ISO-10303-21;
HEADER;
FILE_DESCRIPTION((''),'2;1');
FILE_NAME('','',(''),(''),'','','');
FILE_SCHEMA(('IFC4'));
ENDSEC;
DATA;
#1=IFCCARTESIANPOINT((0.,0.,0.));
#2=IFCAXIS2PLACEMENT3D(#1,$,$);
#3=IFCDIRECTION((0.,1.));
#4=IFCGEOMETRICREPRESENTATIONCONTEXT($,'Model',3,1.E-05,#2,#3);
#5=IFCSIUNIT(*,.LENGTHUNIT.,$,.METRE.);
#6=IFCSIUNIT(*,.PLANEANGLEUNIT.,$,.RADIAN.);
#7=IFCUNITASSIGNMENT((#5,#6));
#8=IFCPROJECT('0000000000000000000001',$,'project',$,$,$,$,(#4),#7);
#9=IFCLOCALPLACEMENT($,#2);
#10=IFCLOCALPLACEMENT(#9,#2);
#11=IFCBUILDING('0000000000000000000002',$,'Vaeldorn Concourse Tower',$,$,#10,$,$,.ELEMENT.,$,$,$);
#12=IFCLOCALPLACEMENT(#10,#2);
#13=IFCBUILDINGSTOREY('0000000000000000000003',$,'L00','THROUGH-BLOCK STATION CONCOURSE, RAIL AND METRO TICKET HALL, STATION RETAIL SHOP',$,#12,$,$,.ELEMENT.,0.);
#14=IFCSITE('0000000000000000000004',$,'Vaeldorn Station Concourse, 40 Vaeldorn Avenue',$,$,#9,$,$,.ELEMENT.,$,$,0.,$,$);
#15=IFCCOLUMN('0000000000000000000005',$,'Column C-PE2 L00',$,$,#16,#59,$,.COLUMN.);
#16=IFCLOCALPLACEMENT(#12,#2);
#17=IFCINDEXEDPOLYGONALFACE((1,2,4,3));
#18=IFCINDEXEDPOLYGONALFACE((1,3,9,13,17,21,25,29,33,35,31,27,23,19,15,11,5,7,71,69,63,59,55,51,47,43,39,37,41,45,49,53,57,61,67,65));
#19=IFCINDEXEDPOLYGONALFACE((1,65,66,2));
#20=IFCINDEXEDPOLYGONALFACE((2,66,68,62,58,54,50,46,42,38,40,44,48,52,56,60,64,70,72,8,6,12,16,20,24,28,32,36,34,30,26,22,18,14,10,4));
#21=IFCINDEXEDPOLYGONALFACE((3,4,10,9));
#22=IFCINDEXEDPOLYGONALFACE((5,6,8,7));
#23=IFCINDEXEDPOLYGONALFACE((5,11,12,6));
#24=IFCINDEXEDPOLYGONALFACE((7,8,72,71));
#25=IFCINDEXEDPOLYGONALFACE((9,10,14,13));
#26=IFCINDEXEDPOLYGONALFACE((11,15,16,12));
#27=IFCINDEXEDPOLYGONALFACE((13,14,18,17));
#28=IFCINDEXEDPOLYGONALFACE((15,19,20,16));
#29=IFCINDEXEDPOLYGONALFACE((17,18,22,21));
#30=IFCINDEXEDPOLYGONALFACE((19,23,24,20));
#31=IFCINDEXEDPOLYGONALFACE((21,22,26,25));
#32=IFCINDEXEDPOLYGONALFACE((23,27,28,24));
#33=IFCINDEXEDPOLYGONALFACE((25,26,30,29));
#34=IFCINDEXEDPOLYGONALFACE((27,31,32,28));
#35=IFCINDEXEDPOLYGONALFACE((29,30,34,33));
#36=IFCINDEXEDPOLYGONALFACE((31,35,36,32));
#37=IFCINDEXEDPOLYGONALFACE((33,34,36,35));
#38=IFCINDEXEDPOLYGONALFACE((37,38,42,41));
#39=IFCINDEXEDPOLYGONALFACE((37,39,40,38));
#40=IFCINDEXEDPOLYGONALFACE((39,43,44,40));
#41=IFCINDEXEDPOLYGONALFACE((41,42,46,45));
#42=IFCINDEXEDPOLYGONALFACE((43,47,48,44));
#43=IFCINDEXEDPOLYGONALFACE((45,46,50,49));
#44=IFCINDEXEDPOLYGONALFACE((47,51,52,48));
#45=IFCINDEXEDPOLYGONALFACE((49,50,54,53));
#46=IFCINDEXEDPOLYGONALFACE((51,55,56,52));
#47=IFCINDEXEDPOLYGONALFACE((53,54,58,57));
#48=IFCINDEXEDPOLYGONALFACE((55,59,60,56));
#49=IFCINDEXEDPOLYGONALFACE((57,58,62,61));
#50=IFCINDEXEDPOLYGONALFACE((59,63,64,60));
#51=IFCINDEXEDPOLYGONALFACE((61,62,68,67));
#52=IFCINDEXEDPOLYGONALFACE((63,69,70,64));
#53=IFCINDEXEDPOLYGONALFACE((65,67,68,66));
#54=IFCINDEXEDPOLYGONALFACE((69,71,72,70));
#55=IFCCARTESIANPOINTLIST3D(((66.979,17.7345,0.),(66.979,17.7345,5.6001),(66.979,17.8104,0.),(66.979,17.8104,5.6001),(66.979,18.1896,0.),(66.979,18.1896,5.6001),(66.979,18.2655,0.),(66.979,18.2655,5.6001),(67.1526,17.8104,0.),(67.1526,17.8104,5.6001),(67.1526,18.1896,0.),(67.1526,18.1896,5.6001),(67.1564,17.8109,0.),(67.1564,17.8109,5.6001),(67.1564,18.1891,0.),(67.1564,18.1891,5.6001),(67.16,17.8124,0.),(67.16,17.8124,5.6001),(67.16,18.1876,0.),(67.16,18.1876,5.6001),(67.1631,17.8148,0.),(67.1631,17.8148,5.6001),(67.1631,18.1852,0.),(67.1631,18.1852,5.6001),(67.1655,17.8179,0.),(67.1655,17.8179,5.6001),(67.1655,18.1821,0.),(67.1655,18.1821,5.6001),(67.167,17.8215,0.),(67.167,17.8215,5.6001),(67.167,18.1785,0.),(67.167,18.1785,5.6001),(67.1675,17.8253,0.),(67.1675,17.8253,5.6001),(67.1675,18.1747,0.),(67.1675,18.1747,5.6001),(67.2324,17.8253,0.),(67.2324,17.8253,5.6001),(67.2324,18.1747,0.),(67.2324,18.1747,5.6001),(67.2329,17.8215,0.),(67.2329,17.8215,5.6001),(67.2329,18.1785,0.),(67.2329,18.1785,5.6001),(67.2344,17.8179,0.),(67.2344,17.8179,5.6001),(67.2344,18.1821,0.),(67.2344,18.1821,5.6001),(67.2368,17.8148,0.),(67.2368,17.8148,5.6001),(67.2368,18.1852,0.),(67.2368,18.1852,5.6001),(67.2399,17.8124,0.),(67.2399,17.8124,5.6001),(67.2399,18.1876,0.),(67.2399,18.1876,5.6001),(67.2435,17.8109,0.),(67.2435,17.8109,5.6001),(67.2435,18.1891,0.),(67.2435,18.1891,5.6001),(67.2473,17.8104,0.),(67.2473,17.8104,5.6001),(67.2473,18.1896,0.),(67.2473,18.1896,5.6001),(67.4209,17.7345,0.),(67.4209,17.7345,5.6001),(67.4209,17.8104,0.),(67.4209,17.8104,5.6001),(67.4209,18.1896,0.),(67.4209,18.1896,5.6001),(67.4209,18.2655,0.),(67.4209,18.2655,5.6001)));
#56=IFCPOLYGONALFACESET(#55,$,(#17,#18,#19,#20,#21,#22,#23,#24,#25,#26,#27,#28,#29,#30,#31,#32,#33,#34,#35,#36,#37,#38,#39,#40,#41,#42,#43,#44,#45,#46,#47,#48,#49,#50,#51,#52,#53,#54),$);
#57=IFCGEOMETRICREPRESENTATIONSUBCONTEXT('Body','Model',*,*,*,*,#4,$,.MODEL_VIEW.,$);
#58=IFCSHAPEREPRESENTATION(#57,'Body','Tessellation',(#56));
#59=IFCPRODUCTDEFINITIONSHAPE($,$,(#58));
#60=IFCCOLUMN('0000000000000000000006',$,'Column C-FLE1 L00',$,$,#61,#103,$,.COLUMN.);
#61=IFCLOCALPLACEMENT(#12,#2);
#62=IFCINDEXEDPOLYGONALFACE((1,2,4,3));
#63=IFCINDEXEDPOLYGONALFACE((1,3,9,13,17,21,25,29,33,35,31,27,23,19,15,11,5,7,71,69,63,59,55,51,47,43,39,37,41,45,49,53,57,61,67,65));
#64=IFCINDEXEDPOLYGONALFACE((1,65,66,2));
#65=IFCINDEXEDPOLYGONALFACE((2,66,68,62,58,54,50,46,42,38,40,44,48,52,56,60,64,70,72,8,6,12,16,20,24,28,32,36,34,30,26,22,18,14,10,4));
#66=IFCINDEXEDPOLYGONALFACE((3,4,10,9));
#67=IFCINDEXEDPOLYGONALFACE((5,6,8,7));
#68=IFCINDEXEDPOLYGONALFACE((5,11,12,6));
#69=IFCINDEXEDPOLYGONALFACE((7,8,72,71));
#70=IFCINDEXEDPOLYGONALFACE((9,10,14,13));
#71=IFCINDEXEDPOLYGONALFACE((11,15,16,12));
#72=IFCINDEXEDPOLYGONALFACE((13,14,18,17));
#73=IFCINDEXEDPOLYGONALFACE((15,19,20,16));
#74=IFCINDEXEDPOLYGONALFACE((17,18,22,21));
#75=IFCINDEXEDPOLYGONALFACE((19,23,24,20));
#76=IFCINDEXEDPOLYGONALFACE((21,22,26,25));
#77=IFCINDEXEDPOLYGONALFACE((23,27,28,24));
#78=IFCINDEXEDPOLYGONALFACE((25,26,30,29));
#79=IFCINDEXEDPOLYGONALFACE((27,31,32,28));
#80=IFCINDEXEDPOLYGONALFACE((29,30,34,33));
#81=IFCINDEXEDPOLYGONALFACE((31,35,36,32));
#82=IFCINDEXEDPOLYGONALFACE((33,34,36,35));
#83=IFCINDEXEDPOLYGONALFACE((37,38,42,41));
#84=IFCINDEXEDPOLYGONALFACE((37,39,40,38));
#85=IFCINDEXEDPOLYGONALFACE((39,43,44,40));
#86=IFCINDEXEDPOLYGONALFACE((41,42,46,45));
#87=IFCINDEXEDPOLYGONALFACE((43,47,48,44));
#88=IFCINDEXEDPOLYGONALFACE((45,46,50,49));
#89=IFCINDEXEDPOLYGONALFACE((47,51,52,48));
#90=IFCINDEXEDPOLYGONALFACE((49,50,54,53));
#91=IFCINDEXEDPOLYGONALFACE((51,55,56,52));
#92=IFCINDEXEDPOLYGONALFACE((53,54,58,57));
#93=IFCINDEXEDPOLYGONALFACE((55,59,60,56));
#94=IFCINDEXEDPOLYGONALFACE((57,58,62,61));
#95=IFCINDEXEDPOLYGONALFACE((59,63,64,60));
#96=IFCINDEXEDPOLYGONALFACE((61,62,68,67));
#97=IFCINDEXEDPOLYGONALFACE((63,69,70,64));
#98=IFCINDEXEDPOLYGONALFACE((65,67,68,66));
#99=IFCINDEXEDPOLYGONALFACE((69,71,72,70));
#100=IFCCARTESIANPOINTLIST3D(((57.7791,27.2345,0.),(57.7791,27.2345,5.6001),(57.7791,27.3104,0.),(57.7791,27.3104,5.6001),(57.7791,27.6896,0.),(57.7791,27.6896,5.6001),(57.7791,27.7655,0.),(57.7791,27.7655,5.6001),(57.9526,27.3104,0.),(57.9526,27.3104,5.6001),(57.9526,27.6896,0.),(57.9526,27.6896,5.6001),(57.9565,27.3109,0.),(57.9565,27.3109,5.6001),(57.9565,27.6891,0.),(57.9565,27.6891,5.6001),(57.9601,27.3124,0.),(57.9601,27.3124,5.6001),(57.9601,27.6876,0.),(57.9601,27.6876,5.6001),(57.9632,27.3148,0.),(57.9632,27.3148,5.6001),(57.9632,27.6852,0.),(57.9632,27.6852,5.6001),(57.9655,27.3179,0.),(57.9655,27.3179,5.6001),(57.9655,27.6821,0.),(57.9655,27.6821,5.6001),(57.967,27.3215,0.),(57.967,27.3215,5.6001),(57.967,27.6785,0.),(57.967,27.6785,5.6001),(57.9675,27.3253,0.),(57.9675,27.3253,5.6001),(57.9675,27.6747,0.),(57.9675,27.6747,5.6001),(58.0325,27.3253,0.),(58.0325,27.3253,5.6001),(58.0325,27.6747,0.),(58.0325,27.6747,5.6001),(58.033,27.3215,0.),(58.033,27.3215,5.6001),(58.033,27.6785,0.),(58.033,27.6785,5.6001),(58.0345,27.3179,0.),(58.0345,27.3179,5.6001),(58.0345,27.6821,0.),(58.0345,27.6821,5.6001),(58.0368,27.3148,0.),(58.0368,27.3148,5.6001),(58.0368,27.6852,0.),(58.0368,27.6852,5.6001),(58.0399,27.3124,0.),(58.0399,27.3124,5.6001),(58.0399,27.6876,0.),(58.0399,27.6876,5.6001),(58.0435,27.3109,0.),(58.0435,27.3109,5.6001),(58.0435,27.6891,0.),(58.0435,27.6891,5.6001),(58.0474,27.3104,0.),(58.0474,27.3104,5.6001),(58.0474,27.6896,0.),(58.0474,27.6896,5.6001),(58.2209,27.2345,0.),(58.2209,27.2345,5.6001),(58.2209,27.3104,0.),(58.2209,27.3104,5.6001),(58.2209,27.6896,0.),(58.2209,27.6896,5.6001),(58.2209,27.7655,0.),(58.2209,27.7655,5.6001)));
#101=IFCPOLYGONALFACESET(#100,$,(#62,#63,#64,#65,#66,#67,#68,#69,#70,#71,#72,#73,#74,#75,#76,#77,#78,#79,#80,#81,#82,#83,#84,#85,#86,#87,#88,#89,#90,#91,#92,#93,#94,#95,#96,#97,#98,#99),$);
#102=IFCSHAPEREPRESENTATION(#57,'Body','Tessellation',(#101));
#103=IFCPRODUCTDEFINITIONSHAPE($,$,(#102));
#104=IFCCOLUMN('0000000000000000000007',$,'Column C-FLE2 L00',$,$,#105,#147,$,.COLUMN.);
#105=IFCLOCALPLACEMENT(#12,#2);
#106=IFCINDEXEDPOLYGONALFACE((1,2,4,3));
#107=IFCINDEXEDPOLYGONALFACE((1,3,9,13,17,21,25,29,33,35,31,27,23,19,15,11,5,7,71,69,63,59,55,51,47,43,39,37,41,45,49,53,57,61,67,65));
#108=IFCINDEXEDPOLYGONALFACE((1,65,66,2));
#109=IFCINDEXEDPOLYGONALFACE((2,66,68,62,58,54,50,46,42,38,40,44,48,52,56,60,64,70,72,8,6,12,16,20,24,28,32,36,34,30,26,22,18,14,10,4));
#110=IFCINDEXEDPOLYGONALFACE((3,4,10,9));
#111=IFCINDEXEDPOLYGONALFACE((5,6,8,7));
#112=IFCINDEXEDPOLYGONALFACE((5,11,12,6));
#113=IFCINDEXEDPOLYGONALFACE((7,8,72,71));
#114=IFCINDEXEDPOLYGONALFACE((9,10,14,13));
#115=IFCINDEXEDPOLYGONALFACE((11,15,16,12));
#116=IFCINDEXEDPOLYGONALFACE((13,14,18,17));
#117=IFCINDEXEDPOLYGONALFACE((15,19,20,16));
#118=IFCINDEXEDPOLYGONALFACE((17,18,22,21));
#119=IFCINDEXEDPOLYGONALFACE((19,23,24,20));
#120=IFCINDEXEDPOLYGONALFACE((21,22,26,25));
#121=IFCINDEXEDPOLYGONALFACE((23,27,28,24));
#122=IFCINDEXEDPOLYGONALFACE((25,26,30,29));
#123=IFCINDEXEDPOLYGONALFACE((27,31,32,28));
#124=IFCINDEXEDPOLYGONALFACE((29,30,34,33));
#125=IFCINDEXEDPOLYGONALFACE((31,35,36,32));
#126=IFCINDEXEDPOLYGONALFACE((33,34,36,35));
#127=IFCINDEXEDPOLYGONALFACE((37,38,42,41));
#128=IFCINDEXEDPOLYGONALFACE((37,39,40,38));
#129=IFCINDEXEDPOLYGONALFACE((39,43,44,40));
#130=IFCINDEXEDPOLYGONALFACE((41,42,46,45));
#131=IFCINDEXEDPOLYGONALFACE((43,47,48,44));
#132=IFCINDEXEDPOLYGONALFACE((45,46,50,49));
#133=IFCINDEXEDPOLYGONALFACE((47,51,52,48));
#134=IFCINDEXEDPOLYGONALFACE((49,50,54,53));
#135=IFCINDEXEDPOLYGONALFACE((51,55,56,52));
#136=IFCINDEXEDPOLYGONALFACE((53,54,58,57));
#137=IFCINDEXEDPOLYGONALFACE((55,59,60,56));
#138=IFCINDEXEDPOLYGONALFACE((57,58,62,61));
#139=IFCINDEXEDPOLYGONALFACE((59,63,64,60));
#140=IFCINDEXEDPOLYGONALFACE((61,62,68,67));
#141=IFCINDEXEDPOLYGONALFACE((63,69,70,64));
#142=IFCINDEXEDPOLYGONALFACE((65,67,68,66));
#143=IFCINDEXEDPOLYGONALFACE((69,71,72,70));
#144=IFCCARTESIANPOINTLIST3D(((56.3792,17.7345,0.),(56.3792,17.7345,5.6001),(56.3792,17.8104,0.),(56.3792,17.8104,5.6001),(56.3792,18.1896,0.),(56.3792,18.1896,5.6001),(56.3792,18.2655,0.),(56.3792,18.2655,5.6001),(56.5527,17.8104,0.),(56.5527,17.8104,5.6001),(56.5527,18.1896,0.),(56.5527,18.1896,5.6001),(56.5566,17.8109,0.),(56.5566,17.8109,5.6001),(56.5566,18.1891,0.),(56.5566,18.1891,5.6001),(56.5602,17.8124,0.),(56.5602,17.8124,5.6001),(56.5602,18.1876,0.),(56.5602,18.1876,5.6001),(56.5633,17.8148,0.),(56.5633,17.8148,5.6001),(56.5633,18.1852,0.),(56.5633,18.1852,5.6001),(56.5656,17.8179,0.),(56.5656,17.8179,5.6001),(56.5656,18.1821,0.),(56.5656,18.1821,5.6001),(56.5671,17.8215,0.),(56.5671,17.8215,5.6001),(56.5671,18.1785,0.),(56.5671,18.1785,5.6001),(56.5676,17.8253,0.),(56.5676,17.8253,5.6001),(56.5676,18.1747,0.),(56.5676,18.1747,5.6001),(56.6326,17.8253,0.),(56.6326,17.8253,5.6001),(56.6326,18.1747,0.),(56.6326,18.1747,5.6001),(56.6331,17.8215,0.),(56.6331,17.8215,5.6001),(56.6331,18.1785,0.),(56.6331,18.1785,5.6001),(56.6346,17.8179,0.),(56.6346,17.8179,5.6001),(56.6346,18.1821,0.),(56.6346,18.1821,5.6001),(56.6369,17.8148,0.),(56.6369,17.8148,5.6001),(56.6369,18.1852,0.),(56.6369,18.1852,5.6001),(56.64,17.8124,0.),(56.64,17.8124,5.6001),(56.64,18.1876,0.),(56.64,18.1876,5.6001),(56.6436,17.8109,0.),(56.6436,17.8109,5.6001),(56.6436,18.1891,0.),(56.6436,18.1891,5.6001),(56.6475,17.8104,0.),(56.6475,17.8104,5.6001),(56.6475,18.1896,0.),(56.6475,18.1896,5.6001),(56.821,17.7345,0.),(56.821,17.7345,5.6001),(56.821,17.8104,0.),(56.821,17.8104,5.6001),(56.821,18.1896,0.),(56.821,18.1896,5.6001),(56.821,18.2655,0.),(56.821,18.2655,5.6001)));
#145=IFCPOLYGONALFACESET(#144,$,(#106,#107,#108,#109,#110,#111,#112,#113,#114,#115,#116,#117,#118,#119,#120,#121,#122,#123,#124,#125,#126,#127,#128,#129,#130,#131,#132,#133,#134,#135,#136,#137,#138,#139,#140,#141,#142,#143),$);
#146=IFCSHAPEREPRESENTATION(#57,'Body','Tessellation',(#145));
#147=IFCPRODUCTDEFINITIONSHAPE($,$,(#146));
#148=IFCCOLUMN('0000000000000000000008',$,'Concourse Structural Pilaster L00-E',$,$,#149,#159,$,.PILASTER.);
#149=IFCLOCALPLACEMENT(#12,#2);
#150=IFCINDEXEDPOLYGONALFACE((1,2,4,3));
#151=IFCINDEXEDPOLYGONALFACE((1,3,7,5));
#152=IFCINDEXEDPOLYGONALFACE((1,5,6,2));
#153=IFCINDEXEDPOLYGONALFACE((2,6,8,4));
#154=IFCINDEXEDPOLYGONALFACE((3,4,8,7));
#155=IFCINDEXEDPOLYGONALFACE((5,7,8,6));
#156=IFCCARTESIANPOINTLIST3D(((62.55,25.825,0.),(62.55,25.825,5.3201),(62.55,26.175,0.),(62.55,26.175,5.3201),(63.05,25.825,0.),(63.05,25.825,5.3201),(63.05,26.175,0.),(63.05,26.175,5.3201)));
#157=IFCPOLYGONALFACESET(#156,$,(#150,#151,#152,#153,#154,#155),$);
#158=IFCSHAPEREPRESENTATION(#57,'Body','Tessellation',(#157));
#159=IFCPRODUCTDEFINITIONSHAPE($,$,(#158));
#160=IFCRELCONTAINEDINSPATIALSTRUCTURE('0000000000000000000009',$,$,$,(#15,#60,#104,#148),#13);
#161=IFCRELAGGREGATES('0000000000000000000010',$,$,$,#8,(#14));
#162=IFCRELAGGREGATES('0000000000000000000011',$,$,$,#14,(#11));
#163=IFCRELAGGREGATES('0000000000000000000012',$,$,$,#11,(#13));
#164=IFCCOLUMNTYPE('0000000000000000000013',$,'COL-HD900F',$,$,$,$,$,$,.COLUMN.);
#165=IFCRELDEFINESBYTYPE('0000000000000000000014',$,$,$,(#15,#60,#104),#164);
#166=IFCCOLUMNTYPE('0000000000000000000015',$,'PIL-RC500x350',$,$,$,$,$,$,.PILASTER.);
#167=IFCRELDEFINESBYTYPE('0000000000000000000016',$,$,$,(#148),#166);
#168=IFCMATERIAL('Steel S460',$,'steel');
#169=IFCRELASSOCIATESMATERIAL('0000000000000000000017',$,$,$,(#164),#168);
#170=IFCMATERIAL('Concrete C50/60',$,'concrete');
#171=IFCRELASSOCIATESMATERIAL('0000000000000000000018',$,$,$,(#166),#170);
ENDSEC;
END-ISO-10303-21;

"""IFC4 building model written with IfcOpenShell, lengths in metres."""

from ifc_helpers import new_model, si_unit, direction, frame, origin, origin_2d, place, context, subcontext, project, spatial, rectangle, i_section, extrude, source, transform, mapped, material, material_profile, profile_set, type_object, element, save


model = new_model("IFC4")

# Units and contexts
model_context = context("Model", 3, precision=1e-05, world=origin(), true_north=direction((0.0, 1.0)))
body_context = subcontext(model_context, "Body", "Model", "MODEL_VIEW")
ifc_project = project(units=[si_unit("LENGTHUNIT", "METRE"), si_unit("PLANEANGLEUNIT", "RADIAN")], contexts=[model_context])

# Site, building, storey
site_placement = place(None, origin())
site = spatial("IfcSite", under=ifc_project, at=site_placement, Name="Vaeldorn Station Concourse, 40 Vaeldorn Avenue", CompositionType="ELEMENT", RefElevation=0.0)
building_placement = place(site_placement, origin())
building = spatial("IfcBuilding", under=site, at=building_placement, Name="Vaeldorn Concourse Tower", CompositionType="ELEMENT")
storey_placement = place(building_placement, origin())
storey = spatial("IfcBuildingStorey", under=building, at=storey_placement, Name="L00", Description="THROUGH-BLOCK STATION CONCOURSE, RAIL AND METRO TICKET HALL, STATION RETAIL SHOP", CompositionType="ELEMENT", Elevation=0.0)

# Columns
ifc_material_1 = material(Name="Steel S460", Category="steel")
ifc_material_profile_1 = material_profile(ifc_material_1, i_section(OverallWidth=0.4419, OverallDepth=0.531, WebThickness=0.0649, FlangeThickness=0.0759, FilletRadius=0.0149, at=origin_2d()), Name="HD 400x900")
ifc_profile_set_1 = profile_set([ifc_material_profile_1], Name="Steel S460")
column_type_1 = type_object("IfcColumnType", Name="COL-HD900F", PredefinedType="COLUMN", material=ifc_profile_set_1)
shared_shape_1 = source(origin(), body_context, "Body", "SweptSolid", [
    extrude(i_section(OverallWidth=0.4419, OverallDepth=0.531, WebThickness=0.0649, FlangeThickness=0.0759, FilletRadius=0.0149, at=origin_2d()), origin(), (0.0, 0.0, 1.0), 5.6001),
])
for number, where, z_axis, x_axis, name in (
    (1, (67.2, 18.0, 0.0), (0.0, 0.0, 1.0), (1.0, 0.0, 0.0), "Column C-PE2 L00"),
    (2, (58.0, 27.5, 0.0), (0.0, 0.0, 1.0), (1.0, 0.0, 0.0), "Column C-FLE1 L00"),
    (3, (56.6001, 18.0, 0.0), (0.0, 0.0, 1.0), (1.0, 0.0, 0.0), "Column C-FLE2 L00"),
):
    element("IfcColumn", number, at=place(storey_placement, frame(where, z_axis=z_axis, x_axis=x_axis)), inside=storey, type_object=column_type_1, Name=name, PredefinedType="COLUMN", context=body_context, shape_type="MappedRepresentation", body=[
        mapped(shared_shape_1, transform((0.0, 0.0, 0.0), scale=1.0)),
    ])
ifc_material_2 = material(Name="Concrete C50/60", Category="concrete")
ifc_material_profile_2 = material_profile(ifc_material_2, rectangle(XDim=0.5, YDim=0.3501, at=origin_2d()), Name="RC 500x350")
ifc_profile_set_2 = profile_set([ifc_material_profile_2], Name="Concrete C50/60")
column_type_2 = type_object("IfcColumnType", Name="PIL-RC500x350", PredefinedType="PILASTER", material=ifc_profile_set_2)
shared_shape_2 = source(origin(), body_context, "Body", "SweptSolid", [
    extrude(rectangle(XDim=0.5, YDim=0.3501, at=origin_2d()), origin(), (0.0, 0.0, 1.0), 5.3201),
])
column_placement = place(storey_placement, frame((62.8, 26.0, 0.0), z_axis=(0.0, 0.0, 1.0), x_axis=(1.0, 0.0, 0.0)))
element("IfcColumn", 4, at=column_placement, inside=storey, type_object=column_type_2, Name="Concourse Structural Pilaster L00-E", PredefinedType="PILASTER", context=body_context, shape_type="MappedRepresentation", body=[
    mapped(shared_shape_2, transform((0.0, 0.0, 0.0), scale=1.0)),
])

save(model, "model.ifc")
